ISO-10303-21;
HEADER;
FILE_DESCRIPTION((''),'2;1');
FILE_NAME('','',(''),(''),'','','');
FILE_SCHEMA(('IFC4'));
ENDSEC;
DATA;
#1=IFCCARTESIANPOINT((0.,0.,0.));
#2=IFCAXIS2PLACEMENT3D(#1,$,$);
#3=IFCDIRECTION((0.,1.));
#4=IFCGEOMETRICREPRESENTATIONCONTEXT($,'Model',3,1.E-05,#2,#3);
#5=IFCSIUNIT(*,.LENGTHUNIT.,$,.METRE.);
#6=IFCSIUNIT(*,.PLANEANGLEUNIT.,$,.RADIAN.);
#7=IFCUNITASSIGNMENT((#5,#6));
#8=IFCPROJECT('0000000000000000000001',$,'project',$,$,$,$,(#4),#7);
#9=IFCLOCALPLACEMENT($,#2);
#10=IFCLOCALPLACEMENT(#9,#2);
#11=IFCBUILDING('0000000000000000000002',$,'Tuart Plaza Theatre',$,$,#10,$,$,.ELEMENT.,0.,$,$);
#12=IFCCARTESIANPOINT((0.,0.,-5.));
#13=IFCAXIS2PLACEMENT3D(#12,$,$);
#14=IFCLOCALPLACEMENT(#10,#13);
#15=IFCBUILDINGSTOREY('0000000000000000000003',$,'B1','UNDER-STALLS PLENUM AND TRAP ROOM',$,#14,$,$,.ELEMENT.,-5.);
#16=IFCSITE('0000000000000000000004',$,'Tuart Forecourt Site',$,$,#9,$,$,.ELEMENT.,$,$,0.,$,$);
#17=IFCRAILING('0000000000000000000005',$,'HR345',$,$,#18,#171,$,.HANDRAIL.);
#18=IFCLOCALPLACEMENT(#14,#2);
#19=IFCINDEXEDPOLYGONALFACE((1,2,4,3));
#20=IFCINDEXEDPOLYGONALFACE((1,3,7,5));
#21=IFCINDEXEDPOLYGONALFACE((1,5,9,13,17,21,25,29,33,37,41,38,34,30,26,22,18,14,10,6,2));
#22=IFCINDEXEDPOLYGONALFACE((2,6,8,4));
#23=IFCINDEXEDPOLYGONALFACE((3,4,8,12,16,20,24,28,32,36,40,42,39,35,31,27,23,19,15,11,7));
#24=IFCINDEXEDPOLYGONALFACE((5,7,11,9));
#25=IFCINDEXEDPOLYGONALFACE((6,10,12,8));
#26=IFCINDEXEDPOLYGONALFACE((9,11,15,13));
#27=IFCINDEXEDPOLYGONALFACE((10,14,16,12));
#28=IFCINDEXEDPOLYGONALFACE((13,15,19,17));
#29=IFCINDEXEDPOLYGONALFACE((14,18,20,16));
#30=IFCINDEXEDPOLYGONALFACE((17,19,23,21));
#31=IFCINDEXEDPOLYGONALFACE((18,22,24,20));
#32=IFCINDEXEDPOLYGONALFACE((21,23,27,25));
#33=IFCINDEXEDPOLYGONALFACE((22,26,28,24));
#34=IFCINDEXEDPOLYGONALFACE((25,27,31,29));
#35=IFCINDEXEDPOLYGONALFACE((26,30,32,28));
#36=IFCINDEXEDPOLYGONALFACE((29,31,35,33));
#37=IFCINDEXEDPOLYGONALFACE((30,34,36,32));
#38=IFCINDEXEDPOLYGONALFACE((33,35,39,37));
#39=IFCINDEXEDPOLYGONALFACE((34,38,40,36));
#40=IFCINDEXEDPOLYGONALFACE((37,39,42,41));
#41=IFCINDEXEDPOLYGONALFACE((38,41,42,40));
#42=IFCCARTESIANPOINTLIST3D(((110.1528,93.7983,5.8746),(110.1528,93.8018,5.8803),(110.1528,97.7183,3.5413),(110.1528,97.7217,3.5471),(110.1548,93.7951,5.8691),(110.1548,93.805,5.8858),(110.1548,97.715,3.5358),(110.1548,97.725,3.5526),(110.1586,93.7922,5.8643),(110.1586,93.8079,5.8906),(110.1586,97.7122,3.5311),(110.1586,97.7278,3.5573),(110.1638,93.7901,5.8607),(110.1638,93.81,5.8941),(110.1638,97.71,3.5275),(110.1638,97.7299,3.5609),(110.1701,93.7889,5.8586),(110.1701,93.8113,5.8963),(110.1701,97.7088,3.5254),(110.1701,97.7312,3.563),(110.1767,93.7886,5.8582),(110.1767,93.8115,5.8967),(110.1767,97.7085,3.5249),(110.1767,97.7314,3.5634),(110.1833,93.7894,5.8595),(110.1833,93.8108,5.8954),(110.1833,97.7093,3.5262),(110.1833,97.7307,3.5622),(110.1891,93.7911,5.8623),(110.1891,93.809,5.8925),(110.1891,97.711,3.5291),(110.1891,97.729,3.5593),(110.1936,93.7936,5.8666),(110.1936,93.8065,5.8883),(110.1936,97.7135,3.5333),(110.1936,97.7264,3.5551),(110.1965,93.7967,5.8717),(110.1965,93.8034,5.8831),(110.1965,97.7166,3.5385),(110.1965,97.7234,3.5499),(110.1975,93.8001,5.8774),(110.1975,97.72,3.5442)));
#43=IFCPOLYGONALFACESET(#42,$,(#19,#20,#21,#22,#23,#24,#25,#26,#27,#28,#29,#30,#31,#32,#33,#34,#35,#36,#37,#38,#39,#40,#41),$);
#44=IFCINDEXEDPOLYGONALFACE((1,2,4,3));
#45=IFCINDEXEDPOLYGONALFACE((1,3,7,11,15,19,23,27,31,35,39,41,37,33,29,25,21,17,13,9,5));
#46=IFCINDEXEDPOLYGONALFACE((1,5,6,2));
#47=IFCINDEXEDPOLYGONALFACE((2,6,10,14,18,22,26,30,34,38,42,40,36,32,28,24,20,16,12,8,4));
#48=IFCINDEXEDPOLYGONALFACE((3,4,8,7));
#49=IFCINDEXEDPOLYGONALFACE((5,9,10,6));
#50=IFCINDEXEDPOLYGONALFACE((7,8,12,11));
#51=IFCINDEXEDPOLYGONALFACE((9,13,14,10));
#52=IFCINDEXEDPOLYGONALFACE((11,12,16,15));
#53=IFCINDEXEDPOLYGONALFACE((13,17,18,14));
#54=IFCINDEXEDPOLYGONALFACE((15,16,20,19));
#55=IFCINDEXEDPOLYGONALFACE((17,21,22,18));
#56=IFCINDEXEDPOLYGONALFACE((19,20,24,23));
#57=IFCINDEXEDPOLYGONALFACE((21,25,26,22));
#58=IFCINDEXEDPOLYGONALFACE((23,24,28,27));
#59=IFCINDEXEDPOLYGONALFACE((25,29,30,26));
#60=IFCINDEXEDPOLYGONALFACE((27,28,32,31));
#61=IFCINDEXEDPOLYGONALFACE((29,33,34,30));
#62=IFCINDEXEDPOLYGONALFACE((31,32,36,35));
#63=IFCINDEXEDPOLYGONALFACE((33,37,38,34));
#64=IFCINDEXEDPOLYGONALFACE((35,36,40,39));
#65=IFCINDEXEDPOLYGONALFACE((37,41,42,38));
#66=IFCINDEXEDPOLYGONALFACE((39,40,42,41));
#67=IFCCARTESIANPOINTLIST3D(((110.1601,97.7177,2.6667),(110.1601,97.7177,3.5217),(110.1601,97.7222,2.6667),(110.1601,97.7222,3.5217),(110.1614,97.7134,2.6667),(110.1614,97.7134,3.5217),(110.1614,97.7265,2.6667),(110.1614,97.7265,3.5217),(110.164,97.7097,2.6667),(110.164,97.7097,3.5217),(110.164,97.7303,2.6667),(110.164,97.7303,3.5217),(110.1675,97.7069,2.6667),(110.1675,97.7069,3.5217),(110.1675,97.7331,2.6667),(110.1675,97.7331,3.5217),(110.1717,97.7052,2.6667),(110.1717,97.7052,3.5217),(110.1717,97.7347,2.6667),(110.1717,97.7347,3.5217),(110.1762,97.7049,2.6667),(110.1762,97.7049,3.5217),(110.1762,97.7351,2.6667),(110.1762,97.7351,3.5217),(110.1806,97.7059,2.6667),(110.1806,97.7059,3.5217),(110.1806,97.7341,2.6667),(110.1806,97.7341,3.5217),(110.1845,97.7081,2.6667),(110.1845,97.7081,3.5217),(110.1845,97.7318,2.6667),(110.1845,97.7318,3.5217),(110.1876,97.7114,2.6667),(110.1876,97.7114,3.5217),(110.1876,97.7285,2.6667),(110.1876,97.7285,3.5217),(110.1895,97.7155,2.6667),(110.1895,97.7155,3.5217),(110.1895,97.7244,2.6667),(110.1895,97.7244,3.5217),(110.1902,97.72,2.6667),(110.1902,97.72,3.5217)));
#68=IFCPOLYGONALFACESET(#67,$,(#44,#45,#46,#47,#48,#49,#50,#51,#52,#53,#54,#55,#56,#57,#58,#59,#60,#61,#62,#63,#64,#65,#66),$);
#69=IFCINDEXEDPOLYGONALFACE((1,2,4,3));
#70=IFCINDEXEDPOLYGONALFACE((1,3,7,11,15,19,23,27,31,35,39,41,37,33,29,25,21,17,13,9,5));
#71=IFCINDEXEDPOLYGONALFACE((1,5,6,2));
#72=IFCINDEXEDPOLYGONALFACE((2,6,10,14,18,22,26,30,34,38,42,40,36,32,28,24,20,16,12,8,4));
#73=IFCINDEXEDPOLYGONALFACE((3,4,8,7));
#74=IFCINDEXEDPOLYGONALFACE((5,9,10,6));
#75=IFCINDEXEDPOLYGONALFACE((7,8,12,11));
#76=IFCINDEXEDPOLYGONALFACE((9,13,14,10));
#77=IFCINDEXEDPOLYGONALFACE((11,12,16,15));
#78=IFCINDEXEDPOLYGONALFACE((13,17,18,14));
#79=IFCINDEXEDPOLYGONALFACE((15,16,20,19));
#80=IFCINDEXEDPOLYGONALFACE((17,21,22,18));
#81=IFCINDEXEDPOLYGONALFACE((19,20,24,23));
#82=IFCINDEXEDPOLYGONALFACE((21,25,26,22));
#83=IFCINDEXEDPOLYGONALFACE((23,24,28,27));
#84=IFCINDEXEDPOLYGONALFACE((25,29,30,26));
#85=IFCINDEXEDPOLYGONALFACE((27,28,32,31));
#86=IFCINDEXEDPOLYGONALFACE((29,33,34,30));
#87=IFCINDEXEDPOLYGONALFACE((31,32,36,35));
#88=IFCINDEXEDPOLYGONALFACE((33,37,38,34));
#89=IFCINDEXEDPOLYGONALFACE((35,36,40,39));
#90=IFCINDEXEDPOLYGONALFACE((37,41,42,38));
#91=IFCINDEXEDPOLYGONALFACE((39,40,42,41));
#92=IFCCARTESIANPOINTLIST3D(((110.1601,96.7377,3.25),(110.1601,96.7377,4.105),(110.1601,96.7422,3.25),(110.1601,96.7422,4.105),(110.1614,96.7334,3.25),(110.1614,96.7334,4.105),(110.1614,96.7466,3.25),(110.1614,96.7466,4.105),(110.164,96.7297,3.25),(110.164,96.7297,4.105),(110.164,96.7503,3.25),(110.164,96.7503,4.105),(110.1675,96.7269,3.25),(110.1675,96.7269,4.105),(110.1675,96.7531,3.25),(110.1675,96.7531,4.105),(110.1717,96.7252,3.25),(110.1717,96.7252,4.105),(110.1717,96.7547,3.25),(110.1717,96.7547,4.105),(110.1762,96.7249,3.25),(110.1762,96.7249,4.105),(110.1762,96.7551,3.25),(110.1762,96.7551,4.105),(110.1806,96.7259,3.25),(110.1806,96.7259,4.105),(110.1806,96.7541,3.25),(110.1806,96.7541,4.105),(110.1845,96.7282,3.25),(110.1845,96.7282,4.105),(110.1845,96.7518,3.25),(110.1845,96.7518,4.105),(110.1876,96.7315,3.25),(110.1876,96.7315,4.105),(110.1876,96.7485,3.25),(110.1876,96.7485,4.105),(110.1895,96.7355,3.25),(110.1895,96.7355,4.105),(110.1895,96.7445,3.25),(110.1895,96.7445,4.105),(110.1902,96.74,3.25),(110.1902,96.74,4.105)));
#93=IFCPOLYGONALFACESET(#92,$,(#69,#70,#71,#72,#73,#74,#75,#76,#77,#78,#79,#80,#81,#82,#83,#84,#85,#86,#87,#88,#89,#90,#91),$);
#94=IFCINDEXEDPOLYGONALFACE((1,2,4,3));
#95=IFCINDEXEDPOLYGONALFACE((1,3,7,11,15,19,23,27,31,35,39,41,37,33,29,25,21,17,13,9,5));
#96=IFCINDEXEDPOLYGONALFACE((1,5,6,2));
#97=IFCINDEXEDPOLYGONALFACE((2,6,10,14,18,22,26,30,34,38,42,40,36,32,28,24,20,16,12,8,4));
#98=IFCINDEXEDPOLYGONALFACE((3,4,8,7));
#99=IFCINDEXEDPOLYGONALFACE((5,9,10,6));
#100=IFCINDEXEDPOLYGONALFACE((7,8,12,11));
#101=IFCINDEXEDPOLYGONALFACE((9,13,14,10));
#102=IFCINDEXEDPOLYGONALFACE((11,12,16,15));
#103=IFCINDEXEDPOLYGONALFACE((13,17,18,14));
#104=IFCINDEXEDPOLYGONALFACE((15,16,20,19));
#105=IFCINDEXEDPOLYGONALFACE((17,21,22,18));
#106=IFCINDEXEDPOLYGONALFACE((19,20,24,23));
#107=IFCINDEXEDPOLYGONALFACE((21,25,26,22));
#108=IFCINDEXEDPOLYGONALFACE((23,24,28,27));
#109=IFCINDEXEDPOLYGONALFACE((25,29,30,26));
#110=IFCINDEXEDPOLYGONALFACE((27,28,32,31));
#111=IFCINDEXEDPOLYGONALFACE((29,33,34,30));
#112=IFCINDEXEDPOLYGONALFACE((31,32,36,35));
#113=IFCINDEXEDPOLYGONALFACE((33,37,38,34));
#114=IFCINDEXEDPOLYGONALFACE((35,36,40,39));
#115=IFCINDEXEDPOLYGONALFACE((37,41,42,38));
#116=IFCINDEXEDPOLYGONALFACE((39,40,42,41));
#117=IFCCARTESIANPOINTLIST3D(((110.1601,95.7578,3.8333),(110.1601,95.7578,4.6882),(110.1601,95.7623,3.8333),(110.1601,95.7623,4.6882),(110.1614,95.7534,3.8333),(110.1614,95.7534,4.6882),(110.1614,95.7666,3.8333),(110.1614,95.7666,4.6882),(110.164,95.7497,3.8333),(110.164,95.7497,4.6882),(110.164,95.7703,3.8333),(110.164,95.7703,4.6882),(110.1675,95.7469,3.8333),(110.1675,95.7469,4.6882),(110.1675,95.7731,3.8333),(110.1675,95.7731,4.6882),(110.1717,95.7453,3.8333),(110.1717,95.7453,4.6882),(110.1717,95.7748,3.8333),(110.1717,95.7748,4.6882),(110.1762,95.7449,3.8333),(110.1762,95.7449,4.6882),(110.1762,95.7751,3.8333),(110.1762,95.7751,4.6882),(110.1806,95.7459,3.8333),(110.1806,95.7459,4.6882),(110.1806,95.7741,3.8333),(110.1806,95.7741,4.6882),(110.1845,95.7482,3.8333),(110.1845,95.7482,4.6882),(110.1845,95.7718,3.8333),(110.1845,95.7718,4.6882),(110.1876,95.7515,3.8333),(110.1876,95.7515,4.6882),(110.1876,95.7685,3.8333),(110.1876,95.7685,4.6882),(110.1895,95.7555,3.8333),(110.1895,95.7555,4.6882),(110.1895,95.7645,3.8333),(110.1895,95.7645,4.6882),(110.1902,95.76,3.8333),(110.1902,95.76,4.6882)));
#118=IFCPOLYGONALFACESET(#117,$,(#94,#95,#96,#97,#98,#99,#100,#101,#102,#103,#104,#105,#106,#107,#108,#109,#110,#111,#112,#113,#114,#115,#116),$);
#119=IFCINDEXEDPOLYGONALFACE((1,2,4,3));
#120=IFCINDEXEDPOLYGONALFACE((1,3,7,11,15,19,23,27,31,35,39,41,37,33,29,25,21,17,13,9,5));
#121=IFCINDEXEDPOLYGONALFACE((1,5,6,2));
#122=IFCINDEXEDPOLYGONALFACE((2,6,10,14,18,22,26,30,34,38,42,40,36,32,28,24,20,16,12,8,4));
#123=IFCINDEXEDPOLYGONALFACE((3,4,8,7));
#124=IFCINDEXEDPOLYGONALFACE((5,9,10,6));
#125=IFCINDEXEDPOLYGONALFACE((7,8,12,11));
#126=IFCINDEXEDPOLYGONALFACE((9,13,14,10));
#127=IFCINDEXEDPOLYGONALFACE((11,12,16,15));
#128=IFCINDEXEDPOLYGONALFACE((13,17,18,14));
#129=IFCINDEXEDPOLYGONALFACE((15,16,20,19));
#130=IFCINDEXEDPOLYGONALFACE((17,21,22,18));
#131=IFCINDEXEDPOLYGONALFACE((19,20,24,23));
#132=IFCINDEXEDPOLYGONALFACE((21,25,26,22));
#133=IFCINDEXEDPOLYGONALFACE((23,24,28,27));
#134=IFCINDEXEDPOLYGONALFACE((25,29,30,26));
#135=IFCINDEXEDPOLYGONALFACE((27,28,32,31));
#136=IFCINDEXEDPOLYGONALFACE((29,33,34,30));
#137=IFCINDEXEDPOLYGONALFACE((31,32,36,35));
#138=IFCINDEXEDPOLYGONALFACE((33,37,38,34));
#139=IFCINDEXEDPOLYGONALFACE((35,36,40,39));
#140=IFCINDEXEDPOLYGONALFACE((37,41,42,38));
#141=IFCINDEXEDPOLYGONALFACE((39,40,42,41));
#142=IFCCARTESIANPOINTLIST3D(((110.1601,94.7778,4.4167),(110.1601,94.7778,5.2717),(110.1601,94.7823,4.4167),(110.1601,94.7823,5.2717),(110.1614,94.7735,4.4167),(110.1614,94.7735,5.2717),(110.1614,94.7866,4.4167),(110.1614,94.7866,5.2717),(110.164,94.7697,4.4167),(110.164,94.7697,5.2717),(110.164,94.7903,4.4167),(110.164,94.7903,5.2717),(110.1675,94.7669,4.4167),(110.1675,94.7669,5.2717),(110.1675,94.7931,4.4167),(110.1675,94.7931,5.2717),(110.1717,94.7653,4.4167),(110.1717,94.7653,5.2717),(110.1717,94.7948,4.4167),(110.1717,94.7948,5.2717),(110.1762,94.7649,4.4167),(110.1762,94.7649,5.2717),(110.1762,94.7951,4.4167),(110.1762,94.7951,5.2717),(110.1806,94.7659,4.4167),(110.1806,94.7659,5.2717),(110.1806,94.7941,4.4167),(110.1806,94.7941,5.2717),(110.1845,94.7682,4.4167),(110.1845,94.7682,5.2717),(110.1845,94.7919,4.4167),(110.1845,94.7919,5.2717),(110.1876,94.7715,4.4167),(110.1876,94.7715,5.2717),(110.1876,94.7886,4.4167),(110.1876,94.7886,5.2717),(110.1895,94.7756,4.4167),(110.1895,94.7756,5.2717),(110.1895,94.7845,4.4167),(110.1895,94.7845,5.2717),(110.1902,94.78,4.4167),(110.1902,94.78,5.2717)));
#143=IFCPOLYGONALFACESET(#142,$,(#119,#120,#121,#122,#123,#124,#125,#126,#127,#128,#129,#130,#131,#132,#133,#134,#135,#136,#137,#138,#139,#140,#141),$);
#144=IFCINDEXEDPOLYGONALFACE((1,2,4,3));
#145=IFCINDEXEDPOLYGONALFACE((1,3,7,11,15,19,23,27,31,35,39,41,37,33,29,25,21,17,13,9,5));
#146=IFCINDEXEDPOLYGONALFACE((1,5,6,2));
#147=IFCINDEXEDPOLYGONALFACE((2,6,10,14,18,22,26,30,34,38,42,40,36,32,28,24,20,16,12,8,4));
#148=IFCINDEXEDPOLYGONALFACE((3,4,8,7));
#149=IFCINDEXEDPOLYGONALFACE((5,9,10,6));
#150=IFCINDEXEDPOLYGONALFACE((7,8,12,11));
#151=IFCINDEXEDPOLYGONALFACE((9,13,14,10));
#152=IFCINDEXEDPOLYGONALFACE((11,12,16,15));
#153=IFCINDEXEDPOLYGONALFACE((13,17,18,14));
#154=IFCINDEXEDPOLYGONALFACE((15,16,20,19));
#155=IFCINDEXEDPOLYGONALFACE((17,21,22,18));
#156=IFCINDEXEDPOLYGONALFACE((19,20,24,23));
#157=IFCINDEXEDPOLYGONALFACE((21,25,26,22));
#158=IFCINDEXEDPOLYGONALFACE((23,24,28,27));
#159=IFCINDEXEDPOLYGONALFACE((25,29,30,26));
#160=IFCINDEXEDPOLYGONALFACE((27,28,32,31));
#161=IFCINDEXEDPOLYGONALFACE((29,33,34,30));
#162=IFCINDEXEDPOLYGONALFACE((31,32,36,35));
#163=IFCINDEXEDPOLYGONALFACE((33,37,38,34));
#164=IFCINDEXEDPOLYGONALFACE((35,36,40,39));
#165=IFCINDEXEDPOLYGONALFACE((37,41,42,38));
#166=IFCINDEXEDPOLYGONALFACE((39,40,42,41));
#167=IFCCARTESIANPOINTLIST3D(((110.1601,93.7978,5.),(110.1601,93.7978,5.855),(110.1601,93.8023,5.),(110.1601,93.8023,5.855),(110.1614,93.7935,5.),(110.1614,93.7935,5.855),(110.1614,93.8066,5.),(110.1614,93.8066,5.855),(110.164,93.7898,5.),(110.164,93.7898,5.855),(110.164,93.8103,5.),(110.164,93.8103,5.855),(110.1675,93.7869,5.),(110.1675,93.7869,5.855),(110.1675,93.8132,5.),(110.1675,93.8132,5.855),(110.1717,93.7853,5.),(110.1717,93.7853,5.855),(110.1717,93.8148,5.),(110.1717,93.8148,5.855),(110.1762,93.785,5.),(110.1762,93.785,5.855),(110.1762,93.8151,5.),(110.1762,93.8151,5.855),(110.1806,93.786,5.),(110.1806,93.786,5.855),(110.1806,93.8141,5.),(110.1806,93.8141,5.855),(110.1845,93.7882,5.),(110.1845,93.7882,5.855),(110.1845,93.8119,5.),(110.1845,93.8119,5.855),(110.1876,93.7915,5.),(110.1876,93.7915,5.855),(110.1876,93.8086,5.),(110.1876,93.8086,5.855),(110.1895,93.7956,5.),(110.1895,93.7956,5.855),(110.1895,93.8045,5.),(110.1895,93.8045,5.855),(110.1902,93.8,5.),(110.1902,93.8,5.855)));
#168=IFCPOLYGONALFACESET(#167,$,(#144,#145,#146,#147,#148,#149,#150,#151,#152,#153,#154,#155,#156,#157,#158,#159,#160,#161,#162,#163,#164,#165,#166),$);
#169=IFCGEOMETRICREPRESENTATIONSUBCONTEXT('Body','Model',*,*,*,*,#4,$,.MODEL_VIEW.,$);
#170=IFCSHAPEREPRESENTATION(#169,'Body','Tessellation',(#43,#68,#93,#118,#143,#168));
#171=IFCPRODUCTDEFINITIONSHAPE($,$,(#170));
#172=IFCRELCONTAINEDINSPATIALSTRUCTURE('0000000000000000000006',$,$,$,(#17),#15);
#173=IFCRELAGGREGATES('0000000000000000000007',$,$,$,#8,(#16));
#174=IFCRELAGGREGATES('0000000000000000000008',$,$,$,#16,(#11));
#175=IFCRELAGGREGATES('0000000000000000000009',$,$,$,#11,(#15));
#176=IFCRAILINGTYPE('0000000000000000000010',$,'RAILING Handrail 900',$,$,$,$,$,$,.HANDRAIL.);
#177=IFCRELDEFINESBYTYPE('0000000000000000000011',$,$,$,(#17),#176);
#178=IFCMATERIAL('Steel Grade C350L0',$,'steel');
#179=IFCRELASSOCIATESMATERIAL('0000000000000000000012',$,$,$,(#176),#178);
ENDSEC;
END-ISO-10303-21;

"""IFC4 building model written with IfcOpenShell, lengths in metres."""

from ifc_helpers import new_model, si_unit, direction, frame, origin, origin_2d, place, context, subcontext, project, spatial, circle, extrude, material, type_object, element, save


model = new_model("IFC4")

# Units and contexts
model_context = context("Model", 3, precision=1e-05, world=origin(), true_north=direction((0.0, 1.0)))
body_context = subcontext(model_context, "Body", "Model", "MODEL_VIEW")
ifc_project = project(units=[si_unit("LENGTHUNIT", "METRE"), si_unit("PLANEANGLEUNIT", "RADIAN")], contexts=[model_context])

# Site, building, storey
site_placement = place(None, origin())
site = spatial("IfcSite", under=ifc_project, at=site_placement, Name="Tuart Forecourt Site", CompositionType="ELEMENT", RefElevation=0.0)
building_placement = place(site_placement, origin())
building = spatial("IfcBuilding", under=site, at=building_placement, Name="Tuart Plaza Theatre", CompositionType="ELEMENT", ElevationOfRefHeight=0.0)
storey_placement = place(building_placement, frame((0.0, 0.0, -5.0)))
storey = spatial("IfcBuildingStorey", under=building, at=storey_placement, Name="B1", Description="UNDER-STALLS PLENUM AND TRAP ROOM", CompositionType="ELEMENT", Elevation=-5.0)

# Railing
ifc_material_1 = material(Name="Steel Grade C350L0", Category="steel")
railing_type_1 = type_object("IfcRailingType", Name="RAILING Handrail 900", PredefinedType="HANDRAIL", material=ifc_material_1)
for number, where, name in (
    (1, (110.175, 97.72, 2.6667), "HR345"),
):
    element("IfcRailing", number, at=place(storey_placement, frame(where)), inside=storey, type_object=railing_type_1, Name=name, PredefinedType="HANDRAIL", context=body_context, shape_type="SweptSolid", body=[
        extrude(circle(Radius=0.0225, at=origin_2d()), frame((0.0, 0.0, 0.8774), z_axis=(0.0, -0.859296, 0.511478), x_axis=(1.0, 0.0, 0.0)), (0.0, 0.0, 1.0), 4.5618),
        extrude(circle(Radius=0.0151, at=origin_2d()), origin(), (0.0, 0.0, 1.0), 0.855),
        extrude(circle(Radius=0.0151, at=origin_2d()), frame((0.0, -0.98, 0.5833)), (0.0, 0.0, 1.0), 0.855),
        extrude(circle(Radius=0.0151, at=origin_2d()), frame((0.0, -1.96, 1.1665)), (0.0, 0.0, 1.0), 0.855),
        extrude(circle(Radius=0.0151, at=origin_2d()), frame((0.0, -2.9399, 1.75)), (0.0, 0.0, 1.0), 0.855),
        extrude(circle(Radius=0.0151, at=origin_2d()), frame((0.0, -3.9199, 2.3333)), (0.0, 0.0, 1.0), 0.855),
    ])

save(model, "model.ifc")
